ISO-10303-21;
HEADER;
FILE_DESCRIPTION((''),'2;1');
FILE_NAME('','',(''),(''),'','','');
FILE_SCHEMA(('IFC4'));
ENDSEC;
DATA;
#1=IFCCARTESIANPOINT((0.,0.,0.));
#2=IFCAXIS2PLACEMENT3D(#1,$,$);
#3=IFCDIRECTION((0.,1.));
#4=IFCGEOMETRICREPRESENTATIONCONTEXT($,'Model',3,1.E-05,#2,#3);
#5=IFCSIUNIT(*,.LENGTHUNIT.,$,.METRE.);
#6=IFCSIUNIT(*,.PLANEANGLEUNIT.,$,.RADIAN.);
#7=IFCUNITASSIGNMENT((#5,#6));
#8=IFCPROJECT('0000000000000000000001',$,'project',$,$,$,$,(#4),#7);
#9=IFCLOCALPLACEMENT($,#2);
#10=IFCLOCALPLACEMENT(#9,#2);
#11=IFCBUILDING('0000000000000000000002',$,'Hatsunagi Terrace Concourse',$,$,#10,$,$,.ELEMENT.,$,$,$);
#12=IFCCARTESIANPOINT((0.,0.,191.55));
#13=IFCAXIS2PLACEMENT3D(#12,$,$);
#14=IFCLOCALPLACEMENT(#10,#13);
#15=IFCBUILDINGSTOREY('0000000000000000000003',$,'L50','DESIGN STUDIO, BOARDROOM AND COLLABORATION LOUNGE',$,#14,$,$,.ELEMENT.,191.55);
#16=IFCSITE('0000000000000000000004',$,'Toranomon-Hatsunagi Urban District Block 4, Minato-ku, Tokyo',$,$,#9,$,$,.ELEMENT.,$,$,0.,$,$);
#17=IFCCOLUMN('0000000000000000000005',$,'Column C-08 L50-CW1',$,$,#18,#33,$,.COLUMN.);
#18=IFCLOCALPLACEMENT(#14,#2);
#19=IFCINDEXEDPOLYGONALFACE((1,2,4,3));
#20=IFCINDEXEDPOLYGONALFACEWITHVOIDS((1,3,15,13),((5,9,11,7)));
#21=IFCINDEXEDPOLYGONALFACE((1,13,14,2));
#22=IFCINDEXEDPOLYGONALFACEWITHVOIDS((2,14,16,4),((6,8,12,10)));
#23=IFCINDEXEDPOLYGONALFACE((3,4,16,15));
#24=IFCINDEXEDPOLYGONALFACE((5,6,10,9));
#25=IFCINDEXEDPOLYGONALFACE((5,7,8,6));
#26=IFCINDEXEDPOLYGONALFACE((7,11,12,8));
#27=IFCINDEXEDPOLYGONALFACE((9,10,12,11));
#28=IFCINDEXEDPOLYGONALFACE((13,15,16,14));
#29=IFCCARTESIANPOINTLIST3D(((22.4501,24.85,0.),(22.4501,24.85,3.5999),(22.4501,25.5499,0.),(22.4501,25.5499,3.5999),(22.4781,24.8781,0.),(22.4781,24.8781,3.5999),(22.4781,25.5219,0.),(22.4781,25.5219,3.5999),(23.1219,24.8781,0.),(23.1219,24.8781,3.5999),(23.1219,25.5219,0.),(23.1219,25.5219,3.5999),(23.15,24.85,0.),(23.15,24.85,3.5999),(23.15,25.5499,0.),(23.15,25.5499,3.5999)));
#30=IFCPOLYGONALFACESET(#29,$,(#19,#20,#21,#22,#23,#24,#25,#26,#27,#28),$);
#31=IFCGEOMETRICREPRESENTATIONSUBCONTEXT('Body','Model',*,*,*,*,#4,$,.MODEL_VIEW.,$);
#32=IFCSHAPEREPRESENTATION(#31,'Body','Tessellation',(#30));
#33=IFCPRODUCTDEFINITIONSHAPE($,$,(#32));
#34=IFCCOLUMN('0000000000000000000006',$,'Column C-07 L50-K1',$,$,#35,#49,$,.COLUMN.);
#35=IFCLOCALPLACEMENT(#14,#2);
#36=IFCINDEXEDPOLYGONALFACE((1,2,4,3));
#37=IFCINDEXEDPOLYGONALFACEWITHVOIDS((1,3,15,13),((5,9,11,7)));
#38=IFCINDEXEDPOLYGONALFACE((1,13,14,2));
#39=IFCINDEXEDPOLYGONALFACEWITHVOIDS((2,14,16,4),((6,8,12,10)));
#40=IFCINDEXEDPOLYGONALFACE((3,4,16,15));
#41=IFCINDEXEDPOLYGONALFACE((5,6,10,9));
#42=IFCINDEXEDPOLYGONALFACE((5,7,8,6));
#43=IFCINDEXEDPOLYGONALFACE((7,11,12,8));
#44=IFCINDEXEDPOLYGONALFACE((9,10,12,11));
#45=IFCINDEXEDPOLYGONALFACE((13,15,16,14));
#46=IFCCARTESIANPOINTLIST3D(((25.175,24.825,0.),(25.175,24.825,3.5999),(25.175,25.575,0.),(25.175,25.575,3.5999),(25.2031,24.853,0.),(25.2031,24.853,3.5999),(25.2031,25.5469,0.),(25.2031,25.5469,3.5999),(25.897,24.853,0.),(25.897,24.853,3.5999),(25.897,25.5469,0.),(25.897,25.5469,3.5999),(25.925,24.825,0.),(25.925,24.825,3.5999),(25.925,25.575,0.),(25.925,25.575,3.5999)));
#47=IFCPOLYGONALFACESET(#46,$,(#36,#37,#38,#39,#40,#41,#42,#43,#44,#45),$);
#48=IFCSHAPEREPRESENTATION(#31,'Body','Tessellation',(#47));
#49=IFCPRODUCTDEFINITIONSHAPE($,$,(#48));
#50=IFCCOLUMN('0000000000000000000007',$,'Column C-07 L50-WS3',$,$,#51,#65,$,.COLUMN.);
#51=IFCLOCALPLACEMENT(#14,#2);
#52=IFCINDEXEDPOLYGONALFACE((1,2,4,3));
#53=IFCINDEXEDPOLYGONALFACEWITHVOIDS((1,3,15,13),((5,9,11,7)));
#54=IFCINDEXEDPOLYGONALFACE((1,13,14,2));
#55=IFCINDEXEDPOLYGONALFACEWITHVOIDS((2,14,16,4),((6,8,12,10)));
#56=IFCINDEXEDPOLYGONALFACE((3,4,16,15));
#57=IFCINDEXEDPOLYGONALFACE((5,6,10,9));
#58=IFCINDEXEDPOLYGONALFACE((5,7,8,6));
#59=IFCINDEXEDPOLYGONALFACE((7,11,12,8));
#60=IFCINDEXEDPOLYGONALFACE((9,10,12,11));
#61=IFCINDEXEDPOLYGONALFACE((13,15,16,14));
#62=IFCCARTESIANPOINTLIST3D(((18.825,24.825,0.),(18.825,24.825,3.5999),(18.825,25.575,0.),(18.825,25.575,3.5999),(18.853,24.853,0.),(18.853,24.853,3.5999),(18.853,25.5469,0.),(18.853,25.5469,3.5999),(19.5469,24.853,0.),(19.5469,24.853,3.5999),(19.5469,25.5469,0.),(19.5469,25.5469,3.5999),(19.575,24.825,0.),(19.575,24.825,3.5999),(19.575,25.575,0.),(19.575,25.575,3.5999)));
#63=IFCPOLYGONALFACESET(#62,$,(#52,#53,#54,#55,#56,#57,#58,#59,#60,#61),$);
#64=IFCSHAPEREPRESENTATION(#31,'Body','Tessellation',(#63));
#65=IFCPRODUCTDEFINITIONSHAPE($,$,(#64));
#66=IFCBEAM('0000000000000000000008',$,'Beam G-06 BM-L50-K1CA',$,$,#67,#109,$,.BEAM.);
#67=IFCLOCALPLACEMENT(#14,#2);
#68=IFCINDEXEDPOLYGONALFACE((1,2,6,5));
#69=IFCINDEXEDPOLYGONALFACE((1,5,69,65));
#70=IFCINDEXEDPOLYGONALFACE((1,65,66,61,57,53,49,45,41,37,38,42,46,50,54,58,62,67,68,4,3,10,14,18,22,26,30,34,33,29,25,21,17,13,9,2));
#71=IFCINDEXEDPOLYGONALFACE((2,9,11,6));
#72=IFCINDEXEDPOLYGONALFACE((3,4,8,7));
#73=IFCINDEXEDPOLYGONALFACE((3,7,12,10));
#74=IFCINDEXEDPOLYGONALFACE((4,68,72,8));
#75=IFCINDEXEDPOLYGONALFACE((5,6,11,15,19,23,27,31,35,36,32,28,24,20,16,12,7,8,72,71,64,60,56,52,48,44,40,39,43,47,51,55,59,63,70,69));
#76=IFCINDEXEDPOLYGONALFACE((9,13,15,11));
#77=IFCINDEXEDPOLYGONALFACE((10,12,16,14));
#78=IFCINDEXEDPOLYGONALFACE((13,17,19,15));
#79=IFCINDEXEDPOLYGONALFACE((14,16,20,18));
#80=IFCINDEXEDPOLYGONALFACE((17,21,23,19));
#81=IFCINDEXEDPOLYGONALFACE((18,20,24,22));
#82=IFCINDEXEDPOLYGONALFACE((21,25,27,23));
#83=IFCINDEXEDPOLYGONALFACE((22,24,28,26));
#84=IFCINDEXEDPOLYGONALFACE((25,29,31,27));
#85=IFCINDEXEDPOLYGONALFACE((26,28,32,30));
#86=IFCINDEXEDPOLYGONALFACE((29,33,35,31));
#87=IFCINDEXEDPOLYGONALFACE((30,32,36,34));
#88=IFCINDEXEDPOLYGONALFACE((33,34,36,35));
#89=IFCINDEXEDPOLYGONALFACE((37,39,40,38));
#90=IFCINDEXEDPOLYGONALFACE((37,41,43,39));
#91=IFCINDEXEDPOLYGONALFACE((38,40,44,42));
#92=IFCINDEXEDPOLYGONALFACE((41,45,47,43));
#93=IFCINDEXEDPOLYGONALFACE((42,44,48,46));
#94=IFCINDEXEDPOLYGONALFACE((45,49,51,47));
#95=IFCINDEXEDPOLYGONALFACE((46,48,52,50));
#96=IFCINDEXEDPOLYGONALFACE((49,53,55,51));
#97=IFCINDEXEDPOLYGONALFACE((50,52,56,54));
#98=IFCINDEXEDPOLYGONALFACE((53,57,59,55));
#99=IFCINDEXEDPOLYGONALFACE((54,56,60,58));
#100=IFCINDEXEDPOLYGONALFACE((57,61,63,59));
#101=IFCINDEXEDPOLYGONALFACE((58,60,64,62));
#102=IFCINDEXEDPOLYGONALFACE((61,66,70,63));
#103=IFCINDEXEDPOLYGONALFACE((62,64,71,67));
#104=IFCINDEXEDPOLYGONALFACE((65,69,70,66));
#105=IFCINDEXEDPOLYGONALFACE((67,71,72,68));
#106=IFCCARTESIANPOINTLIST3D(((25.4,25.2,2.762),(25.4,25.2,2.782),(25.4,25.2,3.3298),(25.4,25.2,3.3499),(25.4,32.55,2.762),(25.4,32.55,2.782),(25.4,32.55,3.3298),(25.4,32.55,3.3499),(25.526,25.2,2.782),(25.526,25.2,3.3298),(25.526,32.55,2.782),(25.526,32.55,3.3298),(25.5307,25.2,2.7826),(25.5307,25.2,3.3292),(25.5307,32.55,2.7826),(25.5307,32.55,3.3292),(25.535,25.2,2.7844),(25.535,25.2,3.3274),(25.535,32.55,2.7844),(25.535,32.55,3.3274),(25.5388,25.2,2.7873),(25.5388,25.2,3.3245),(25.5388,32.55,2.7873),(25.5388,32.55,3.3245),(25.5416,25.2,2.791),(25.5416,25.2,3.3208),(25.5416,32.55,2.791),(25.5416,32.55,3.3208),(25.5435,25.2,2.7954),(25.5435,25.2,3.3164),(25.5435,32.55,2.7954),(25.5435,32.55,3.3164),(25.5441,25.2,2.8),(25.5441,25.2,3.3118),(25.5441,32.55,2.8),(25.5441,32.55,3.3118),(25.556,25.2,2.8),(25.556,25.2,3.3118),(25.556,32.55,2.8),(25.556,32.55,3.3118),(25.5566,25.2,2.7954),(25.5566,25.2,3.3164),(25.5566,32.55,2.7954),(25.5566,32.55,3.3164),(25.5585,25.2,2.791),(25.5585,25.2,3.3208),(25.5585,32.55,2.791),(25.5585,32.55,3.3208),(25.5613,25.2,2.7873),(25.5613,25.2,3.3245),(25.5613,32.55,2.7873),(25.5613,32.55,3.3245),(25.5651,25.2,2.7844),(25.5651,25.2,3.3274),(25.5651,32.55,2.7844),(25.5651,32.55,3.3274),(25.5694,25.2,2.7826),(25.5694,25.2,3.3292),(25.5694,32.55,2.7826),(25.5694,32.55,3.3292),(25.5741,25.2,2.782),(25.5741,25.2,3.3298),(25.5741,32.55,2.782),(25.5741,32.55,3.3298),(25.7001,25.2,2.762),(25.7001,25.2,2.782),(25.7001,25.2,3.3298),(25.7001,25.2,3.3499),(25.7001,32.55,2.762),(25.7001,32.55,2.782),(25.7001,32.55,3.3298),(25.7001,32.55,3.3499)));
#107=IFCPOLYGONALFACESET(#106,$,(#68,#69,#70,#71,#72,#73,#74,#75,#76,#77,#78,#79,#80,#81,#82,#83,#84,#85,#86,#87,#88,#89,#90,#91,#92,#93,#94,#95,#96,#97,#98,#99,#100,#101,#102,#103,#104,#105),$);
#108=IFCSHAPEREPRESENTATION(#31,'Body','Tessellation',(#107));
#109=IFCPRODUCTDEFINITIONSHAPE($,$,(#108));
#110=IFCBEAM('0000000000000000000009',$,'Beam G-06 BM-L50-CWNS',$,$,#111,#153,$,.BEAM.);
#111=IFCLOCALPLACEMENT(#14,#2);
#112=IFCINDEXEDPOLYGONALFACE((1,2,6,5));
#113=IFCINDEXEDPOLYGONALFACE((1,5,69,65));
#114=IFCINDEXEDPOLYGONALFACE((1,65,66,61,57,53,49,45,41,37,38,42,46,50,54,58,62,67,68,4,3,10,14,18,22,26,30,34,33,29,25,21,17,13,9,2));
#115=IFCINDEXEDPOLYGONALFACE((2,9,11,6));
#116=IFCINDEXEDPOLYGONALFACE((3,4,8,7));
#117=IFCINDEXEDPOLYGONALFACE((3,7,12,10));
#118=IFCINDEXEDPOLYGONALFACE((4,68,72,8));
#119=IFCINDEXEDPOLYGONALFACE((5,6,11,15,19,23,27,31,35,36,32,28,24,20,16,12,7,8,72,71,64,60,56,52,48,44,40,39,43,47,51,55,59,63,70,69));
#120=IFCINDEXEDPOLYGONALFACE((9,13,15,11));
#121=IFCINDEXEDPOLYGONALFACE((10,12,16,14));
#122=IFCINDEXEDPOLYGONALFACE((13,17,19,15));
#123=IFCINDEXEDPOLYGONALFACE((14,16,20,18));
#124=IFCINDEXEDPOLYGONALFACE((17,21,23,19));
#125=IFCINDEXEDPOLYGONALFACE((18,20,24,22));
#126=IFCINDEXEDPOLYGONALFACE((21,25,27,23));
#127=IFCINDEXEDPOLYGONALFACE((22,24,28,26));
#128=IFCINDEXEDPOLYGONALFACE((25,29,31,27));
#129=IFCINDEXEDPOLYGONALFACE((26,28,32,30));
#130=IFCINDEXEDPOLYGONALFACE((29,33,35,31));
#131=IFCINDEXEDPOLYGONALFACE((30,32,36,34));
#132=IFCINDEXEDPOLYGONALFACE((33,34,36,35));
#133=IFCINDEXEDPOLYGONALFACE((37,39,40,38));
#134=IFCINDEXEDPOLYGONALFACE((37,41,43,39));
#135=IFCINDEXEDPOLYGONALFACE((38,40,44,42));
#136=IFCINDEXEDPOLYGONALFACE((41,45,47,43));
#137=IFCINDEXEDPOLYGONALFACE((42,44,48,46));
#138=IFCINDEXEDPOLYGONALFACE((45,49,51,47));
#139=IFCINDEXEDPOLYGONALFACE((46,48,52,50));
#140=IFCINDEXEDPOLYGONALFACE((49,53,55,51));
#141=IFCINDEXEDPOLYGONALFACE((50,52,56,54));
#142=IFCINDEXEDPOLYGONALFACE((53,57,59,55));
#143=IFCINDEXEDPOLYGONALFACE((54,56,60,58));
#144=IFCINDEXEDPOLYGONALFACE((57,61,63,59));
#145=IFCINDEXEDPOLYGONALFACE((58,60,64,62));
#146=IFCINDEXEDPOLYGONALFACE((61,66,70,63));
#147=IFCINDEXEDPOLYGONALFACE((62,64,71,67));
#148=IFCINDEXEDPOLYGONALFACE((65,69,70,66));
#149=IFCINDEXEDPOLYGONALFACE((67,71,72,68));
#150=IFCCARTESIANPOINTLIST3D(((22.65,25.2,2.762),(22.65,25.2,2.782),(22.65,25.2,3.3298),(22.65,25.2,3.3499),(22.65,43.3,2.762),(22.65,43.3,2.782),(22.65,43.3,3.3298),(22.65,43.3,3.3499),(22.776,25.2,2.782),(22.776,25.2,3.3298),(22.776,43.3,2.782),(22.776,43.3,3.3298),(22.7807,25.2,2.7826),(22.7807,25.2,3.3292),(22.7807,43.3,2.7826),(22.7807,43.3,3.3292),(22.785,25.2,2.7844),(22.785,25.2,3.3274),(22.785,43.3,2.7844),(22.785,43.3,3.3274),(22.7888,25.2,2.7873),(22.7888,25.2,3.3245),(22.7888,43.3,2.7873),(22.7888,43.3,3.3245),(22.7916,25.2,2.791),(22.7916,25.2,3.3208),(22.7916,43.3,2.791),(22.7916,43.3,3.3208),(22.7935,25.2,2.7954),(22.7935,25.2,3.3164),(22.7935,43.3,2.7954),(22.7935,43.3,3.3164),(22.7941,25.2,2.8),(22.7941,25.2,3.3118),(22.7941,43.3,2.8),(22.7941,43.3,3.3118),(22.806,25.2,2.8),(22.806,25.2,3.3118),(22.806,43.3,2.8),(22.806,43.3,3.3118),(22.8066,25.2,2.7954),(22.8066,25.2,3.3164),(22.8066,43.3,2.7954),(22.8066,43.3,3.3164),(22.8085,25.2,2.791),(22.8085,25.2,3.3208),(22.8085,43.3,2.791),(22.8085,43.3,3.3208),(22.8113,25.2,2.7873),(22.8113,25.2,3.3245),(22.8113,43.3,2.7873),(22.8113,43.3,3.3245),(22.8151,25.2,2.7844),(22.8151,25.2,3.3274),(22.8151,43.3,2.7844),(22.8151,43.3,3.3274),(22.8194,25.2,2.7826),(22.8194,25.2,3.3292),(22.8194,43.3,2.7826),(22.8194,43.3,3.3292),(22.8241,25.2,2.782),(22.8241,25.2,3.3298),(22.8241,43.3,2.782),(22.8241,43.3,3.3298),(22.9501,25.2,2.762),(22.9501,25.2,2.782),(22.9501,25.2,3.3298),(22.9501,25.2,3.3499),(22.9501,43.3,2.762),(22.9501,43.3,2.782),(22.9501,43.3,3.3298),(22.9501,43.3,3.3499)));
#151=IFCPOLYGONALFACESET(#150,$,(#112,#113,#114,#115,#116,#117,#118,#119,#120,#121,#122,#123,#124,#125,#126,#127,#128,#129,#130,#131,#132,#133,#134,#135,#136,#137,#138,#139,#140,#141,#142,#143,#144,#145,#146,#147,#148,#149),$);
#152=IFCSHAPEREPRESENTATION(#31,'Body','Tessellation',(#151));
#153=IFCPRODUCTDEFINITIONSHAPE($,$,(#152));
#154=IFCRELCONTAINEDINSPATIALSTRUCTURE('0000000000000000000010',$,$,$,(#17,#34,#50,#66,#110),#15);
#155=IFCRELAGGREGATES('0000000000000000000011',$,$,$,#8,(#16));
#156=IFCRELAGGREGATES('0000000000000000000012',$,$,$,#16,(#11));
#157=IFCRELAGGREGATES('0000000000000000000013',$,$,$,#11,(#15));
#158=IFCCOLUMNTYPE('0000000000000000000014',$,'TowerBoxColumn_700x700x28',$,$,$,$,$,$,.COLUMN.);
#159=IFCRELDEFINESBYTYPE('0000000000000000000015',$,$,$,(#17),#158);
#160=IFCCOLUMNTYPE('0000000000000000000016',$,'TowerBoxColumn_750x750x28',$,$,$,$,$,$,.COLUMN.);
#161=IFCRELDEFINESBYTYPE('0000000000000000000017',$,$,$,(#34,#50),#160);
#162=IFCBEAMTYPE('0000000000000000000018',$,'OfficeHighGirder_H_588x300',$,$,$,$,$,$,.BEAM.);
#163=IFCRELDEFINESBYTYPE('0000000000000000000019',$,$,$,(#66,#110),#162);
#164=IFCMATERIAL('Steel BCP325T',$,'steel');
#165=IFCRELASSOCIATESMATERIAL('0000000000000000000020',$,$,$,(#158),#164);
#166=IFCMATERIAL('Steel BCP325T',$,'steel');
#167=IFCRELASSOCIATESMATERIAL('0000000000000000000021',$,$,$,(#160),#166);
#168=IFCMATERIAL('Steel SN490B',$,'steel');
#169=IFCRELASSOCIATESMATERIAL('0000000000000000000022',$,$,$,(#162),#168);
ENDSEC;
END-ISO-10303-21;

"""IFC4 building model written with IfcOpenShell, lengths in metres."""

from ifc_helpers import new_model, si_unit, direction, frame, origin, origin_2d, place, context, subcontext, project, spatial, hollow_rectangle, i_section, extrude, material, material_profile, profile_set, type_object, element, save


model = new_model("IFC4")

# Units and contexts
model_context = context("Model", 3, precision=1e-05, world=origin(), true_north=direction((0.0, 1.0)))
body_context = subcontext(model_context, "Body", "Model", "MODEL_VIEW")
ifc_project = project(units=[si_unit("LENGTHUNIT", "METRE"), si_unit("PLANEANGLEUNIT", "RADIAN")], contexts=[model_context])

# Site, building, storey
site_placement = place(None, origin())
site = spatial("IfcSite", under=ifc_project, at=site_placement, Name="Toranomon-Hatsunagi Urban District Block 4, Minato-ku, Tokyo", CompositionType="ELEMENT", RefElevation=0.0)
building_placement = place(site_placement, origin())
building = spatial("IfcBuilding", under=site, at=building_placement, Name="Hatsunagi Terrace Concourse", CompositionType="ELEMENT")
storey_placement = place(building_placement, frame((0.0, 0.0, 191.55)))
storey = spatial("IfcBuildingStorey", under=building, at=storey_placement, Name="L50", Description="DESIGN STUDIO, BOARDROOM AND COLLABORATION LOUNGE", CompositionType="ELEMENT", Elevation=191.55)

# Columns
ifc_material_1 = material(Name="Steel BCP325T", Category="steel")
ifc_material_profile_1 = material_profile(ifc_material_1, hollow_rectangle(XDim=0.7, YDim=0.7, WallThickness=0.0281, at=origin_2d()), Name="BCP-700x700x28")
ifc_profile_set_1 = profile_set([ifc_material_profile_1], Name="Steel BCP325T")
column_type_1 = type_object("IfcColumnType", Name="TowerBoxColumn_700x700x28", PredefinedType="COLUMN", material=ifc_profile_set_1)
column_placement = place(storey_placement, frame((22.8, 25.2, 0.0), z_axis=(0.0, 0.0, 1.0), x_axis=(1.0, 0.0, 0.0)))
element("IfcColumn", 1, at=column_placement, inside=storey, type_object=column_type_1, Name="Column C-08 L50-CW1", PredefinedType="COLUMN", context=body_context, shape_type="SweptSolid", body=[
    extrude(hollow_rectangle(XDim=0.7, YDim=0.7, WallThickness=0.0281, at=origin_2d()), origin(), (0.0, 0.0, 1.0), 3.5999),
])
ifc_material_2 = material(Name="Steel BCP325T", Category="steel")
ifc_material_profile_2 = material_profile(ifc_material_2, hollow_rectangle(XDim=0.75, YDim=0.75, WallThickness=0.0281, at=origin_2d()), Name="BCP-750x750x28")
ifc_profile_set_2 = profile_set([ifc_material_profile_2], Name="Steel BCP325T")
column_type_2 = type_object("IfcColumnType", Name="TowerBoxColumn_750x750x28", PredefinedType="COLUMN", material=ifc_profile_set_2)
for number, where, z_axis, x_axis, name in (
    (2, (25.55, 25.2, 0.0), (0.0, 0.0, 1.0), (1.0, 0.0, 0.0), "Column C-07 L50-K1"),
    (3, (19.2, 25.2, 0.0), (0.0, 0.0, 1.0), (1.0, 0.0, 0.0), "Column C-07 L50-WS3"),
):
    element("IfcColumn", number, at=place(storey_placement, frame(where, z_axis=z_axis, x_axis=x_axis)), inside=storey, type_object=column_type_2, Name=name, PredefinedType="COLUMN", context=body_context, shape_type="SweptSolid", body=[
        extrude(hollow_rectangle(XDim=0.75, YDim=0.75, WallThickness=0.0281, at=origin_2d()), origin(), (0.0, 0.0, 1.0), 3.5999),
    ])

# Beams
ifc_material_3 = material(Name="Steel SN490B", Category="steel")
ifc_material_profile_3 = material_profile(ifc_material_3, i_section(OverallWidth=0.3, OverallDepth=0.5879, WebThickness=0.012, FlangeThickness=0.02, FilletRadius=0.0181, at=origin_2d()), Name="H-588x300x12x20")
ifc_profile_set_3 = profile_set([ifc_material_profile_3], Name="Steel SN490B")
beam_type_1 = type_object("IfcBeamType", Name="OfficeHighGirder_H_588x300", PredefinedType="BEAM", material=ifc_profile_set_3)
beam_1_placement = place(storey_placement, frame((25.55, 25.2, 3.0559), z_axis=(0.0, 1.0, 0.0), x_axis=(-1.0, 0.0, 0.0)))
element("IfcBeam", 4, at=beam_1_placement, inside=storey, type_object=beam_type_1, Name="Beam G-06 BM-L50-K1CA", PredefinedType="BEAM", context=body_context, shape_type="SweptSolid", body=[
    extrude(i_section(OverallWidth=0.3, OverallDepth=0.5879, WebThickness=0.012, FlangeThickness=0.02, FilletRadius=0.0181, at=origin_2d()), origin(), (0.0, 0.0, 1.0), 7.3501),
])
beam_2_placement = place(storey_placement, frame((22.8, 25.2, 3.0559), z_axis=(0.0, 1.0, 0.0), x_axis=(-1.0, 0.0, 0.0)))
element("IfcBeam", 5, at=beam_2_placement, inside=storey, type_object=beam_type_1, Name="Beam G-06 BM-L50-CWNS", PredefinedType="BEAM", context=body_context, shape_type="SweptSolid", body=[
    extrude(i_section(OverallWidth=0.3, OverallDepth=0.5879, WebThickness=0.012, FlangeThickness=0.02, FilletRadius=0.0181, at=origin_2d()), origin(), (0.0, 0.0, 1.0), 18.1001),
])

save(model, "model.ifc")
